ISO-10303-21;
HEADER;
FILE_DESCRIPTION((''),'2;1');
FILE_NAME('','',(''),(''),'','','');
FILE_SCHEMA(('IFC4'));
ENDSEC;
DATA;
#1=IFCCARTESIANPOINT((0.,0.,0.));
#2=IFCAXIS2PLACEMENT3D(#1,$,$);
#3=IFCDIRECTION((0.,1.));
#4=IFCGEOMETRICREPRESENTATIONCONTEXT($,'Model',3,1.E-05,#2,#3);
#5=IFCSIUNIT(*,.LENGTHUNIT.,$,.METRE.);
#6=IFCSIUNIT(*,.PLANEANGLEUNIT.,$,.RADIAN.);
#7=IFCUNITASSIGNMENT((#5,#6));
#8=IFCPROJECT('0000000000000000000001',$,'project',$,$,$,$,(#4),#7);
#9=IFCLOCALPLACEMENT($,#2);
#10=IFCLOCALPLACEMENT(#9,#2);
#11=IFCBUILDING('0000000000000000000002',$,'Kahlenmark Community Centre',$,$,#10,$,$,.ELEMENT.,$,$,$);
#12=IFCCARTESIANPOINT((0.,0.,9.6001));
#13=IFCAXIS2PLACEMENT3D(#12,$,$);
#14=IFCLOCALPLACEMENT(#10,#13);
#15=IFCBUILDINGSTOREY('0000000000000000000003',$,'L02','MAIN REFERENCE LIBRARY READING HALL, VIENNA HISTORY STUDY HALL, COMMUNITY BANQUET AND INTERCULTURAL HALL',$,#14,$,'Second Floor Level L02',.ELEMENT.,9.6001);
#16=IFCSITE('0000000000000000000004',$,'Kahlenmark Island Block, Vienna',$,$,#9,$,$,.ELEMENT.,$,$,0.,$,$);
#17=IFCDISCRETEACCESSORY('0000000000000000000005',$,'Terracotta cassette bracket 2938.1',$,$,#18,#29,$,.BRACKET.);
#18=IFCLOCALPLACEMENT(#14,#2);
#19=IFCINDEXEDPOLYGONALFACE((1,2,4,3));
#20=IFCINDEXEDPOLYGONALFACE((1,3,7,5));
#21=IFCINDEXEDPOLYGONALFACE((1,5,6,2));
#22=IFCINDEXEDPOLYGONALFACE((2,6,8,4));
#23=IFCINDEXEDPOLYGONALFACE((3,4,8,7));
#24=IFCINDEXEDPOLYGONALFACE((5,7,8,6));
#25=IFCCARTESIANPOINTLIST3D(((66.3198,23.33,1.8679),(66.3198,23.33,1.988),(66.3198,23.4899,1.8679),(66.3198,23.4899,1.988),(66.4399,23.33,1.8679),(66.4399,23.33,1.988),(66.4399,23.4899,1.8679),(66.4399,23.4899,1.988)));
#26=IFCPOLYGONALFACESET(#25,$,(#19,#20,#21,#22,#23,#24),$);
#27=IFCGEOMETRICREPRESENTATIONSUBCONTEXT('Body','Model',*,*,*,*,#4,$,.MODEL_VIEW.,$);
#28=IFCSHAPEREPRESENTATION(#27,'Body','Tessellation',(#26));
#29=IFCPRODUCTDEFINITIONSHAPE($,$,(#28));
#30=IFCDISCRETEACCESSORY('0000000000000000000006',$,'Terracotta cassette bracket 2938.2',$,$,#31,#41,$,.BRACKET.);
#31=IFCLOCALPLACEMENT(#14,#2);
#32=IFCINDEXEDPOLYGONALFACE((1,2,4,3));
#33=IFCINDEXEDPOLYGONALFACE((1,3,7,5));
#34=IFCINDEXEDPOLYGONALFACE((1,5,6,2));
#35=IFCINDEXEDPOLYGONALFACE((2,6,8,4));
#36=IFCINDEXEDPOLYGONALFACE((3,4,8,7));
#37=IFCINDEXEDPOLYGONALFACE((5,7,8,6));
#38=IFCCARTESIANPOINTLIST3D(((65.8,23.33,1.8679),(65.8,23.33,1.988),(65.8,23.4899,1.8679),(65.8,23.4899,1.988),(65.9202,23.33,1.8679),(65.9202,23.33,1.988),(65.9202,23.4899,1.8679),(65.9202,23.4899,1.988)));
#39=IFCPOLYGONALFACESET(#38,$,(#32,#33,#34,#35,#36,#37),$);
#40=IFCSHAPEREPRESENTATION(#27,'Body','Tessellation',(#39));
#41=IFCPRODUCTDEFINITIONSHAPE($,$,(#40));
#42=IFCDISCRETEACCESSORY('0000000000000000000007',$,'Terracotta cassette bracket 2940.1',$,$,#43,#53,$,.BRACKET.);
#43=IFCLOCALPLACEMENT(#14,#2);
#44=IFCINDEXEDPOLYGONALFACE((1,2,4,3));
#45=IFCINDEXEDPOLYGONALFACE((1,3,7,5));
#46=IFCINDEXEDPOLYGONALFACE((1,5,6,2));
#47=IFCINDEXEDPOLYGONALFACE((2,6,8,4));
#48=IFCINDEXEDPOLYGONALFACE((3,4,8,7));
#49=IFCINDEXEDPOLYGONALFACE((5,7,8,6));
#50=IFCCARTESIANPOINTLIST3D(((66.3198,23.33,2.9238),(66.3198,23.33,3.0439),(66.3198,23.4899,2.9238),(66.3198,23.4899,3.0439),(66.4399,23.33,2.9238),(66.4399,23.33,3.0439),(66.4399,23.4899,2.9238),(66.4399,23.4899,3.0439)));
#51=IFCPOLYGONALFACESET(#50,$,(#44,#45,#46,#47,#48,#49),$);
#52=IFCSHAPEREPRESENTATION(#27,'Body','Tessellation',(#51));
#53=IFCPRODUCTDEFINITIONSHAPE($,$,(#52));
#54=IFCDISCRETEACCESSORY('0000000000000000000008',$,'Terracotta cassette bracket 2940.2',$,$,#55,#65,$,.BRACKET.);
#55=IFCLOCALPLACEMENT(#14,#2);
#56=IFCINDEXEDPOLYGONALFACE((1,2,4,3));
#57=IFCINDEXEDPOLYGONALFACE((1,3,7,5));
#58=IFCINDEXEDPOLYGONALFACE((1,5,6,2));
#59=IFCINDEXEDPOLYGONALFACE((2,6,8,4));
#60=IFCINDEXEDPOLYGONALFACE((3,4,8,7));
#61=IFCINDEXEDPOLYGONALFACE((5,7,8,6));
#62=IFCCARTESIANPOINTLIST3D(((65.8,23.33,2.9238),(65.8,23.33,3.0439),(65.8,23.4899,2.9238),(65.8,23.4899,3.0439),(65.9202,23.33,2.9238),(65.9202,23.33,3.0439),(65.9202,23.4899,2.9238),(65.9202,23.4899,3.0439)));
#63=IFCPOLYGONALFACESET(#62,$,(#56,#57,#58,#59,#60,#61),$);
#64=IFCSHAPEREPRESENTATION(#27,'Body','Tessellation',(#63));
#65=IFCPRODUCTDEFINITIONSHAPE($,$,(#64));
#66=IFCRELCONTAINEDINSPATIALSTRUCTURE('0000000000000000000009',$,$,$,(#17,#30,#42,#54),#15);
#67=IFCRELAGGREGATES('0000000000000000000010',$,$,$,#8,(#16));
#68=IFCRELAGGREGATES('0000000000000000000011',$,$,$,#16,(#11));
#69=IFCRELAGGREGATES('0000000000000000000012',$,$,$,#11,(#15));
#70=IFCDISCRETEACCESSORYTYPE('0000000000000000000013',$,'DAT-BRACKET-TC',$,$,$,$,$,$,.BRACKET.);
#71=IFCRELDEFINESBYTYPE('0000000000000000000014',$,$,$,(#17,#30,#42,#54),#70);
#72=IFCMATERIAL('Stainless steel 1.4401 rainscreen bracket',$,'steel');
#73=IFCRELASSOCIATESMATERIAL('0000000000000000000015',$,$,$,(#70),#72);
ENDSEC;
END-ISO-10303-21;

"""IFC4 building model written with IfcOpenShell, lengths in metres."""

from ifc_helpers import new_model, si_unit, direction, frame, origin, origin_2d, place, context, subcontext, project, spatial, rectangle, extrude, material, type_object, element, save


model = new_model("IFC4")

# Units and contexts
model_context = context("Model", 3, precision=1e-05, world=origin(), true_north=direction((0.0, 1.0)))
body_context = subcontext(model_context, "Body", "Model", "MODEL_VIEW")
ifc_project = project(units=[si_unit("LENGTHUNIT", "METRE"), si_unit("PLANEANGLEUNIT", "RADIAN")], contexts=[model_context])

# Site, building, storey
site_placement = place(None, origin())
site = spatial("IfcSite", under=ifc_project, at=site_placement, Name="Kahlenmark Island Block, Vienna", CompositionType="ELEMENT", RefElevation=0.0)
building_placement = place(site_placement, origin())
building = spatial("IfcBuilding", under=site, at=building_placement, Name="Kahlenmark Community Centre", CompositionType="ELEMENT")
storey_placement = place(building_placement, frame((0.0, 0.0, 9.6001)))
storey = spatial("IfcBuildingStorey", under=building, at=storey_placement, Name="L02", Description="MAIN REFERENCE LIBRARY READING HALL, VIENNA HISTORY STUDY HALL, COMMUNITY BANQUET AND INTERCULTURAL HALL", LongName="Second Floor Level L02", CompositionType="ELEMENT", Elevation=9.6001)

# Discrete accessories
ifc_material_1 = material(Name="Stainless steel 1.4401 rainscreen bracket", Category="steel")
discrete_accessory_type = type_object("IfcDiscreteAccessoryType", Name="DAT-BRACKET-TC", PredefinedType="BRACKET", material=ifc_material_1)
for number, where, z_axis, x_axis, name in (
    (1, (66.3799, 23.4099, 1.8679), (0.0, 0.0, 1.0), (-1.0, 0.0, 0.0), "Terracotta cassette bracket 2938.1"),
    (2, (65.8601, 23.4099, 1.8679), (0.0, 0.0, 1.0), (-1.0, 0.0, 0.0), "Terracotta cassette bracket 2938.2"),
    (3, (66.3799, 23.4099, 2.9238), (0.0, 0.0, 1.0), (-1.0, 0.0, 0.0), "Terracotta cassette bracket 2940.1"),
    (4, (65.8601, 23.4099, 2.9238), (0.0, 0.0, 1.0), (-1.0, 0.0, 0.0), "Terracotta cassette bracket 2940.2"),
):
    element("IfcDiscreteAccessory", number, at=place(storey_placement, frame(where, z_axis=z_axis, x_axis=x_axis)), inside=storey, type_object=discrete_accessory_type, Name=name, PredefinedType="BRACKET", context=body_context, shape_type="SweptSolid", body=[
        extrude(rectangle(XDim=0.1201, YDim=0.1599, at=origin_2d()), origin(), (0.0, 0.0, 1.0), 0.1201),
    ])

save(model, "model.ifc")
